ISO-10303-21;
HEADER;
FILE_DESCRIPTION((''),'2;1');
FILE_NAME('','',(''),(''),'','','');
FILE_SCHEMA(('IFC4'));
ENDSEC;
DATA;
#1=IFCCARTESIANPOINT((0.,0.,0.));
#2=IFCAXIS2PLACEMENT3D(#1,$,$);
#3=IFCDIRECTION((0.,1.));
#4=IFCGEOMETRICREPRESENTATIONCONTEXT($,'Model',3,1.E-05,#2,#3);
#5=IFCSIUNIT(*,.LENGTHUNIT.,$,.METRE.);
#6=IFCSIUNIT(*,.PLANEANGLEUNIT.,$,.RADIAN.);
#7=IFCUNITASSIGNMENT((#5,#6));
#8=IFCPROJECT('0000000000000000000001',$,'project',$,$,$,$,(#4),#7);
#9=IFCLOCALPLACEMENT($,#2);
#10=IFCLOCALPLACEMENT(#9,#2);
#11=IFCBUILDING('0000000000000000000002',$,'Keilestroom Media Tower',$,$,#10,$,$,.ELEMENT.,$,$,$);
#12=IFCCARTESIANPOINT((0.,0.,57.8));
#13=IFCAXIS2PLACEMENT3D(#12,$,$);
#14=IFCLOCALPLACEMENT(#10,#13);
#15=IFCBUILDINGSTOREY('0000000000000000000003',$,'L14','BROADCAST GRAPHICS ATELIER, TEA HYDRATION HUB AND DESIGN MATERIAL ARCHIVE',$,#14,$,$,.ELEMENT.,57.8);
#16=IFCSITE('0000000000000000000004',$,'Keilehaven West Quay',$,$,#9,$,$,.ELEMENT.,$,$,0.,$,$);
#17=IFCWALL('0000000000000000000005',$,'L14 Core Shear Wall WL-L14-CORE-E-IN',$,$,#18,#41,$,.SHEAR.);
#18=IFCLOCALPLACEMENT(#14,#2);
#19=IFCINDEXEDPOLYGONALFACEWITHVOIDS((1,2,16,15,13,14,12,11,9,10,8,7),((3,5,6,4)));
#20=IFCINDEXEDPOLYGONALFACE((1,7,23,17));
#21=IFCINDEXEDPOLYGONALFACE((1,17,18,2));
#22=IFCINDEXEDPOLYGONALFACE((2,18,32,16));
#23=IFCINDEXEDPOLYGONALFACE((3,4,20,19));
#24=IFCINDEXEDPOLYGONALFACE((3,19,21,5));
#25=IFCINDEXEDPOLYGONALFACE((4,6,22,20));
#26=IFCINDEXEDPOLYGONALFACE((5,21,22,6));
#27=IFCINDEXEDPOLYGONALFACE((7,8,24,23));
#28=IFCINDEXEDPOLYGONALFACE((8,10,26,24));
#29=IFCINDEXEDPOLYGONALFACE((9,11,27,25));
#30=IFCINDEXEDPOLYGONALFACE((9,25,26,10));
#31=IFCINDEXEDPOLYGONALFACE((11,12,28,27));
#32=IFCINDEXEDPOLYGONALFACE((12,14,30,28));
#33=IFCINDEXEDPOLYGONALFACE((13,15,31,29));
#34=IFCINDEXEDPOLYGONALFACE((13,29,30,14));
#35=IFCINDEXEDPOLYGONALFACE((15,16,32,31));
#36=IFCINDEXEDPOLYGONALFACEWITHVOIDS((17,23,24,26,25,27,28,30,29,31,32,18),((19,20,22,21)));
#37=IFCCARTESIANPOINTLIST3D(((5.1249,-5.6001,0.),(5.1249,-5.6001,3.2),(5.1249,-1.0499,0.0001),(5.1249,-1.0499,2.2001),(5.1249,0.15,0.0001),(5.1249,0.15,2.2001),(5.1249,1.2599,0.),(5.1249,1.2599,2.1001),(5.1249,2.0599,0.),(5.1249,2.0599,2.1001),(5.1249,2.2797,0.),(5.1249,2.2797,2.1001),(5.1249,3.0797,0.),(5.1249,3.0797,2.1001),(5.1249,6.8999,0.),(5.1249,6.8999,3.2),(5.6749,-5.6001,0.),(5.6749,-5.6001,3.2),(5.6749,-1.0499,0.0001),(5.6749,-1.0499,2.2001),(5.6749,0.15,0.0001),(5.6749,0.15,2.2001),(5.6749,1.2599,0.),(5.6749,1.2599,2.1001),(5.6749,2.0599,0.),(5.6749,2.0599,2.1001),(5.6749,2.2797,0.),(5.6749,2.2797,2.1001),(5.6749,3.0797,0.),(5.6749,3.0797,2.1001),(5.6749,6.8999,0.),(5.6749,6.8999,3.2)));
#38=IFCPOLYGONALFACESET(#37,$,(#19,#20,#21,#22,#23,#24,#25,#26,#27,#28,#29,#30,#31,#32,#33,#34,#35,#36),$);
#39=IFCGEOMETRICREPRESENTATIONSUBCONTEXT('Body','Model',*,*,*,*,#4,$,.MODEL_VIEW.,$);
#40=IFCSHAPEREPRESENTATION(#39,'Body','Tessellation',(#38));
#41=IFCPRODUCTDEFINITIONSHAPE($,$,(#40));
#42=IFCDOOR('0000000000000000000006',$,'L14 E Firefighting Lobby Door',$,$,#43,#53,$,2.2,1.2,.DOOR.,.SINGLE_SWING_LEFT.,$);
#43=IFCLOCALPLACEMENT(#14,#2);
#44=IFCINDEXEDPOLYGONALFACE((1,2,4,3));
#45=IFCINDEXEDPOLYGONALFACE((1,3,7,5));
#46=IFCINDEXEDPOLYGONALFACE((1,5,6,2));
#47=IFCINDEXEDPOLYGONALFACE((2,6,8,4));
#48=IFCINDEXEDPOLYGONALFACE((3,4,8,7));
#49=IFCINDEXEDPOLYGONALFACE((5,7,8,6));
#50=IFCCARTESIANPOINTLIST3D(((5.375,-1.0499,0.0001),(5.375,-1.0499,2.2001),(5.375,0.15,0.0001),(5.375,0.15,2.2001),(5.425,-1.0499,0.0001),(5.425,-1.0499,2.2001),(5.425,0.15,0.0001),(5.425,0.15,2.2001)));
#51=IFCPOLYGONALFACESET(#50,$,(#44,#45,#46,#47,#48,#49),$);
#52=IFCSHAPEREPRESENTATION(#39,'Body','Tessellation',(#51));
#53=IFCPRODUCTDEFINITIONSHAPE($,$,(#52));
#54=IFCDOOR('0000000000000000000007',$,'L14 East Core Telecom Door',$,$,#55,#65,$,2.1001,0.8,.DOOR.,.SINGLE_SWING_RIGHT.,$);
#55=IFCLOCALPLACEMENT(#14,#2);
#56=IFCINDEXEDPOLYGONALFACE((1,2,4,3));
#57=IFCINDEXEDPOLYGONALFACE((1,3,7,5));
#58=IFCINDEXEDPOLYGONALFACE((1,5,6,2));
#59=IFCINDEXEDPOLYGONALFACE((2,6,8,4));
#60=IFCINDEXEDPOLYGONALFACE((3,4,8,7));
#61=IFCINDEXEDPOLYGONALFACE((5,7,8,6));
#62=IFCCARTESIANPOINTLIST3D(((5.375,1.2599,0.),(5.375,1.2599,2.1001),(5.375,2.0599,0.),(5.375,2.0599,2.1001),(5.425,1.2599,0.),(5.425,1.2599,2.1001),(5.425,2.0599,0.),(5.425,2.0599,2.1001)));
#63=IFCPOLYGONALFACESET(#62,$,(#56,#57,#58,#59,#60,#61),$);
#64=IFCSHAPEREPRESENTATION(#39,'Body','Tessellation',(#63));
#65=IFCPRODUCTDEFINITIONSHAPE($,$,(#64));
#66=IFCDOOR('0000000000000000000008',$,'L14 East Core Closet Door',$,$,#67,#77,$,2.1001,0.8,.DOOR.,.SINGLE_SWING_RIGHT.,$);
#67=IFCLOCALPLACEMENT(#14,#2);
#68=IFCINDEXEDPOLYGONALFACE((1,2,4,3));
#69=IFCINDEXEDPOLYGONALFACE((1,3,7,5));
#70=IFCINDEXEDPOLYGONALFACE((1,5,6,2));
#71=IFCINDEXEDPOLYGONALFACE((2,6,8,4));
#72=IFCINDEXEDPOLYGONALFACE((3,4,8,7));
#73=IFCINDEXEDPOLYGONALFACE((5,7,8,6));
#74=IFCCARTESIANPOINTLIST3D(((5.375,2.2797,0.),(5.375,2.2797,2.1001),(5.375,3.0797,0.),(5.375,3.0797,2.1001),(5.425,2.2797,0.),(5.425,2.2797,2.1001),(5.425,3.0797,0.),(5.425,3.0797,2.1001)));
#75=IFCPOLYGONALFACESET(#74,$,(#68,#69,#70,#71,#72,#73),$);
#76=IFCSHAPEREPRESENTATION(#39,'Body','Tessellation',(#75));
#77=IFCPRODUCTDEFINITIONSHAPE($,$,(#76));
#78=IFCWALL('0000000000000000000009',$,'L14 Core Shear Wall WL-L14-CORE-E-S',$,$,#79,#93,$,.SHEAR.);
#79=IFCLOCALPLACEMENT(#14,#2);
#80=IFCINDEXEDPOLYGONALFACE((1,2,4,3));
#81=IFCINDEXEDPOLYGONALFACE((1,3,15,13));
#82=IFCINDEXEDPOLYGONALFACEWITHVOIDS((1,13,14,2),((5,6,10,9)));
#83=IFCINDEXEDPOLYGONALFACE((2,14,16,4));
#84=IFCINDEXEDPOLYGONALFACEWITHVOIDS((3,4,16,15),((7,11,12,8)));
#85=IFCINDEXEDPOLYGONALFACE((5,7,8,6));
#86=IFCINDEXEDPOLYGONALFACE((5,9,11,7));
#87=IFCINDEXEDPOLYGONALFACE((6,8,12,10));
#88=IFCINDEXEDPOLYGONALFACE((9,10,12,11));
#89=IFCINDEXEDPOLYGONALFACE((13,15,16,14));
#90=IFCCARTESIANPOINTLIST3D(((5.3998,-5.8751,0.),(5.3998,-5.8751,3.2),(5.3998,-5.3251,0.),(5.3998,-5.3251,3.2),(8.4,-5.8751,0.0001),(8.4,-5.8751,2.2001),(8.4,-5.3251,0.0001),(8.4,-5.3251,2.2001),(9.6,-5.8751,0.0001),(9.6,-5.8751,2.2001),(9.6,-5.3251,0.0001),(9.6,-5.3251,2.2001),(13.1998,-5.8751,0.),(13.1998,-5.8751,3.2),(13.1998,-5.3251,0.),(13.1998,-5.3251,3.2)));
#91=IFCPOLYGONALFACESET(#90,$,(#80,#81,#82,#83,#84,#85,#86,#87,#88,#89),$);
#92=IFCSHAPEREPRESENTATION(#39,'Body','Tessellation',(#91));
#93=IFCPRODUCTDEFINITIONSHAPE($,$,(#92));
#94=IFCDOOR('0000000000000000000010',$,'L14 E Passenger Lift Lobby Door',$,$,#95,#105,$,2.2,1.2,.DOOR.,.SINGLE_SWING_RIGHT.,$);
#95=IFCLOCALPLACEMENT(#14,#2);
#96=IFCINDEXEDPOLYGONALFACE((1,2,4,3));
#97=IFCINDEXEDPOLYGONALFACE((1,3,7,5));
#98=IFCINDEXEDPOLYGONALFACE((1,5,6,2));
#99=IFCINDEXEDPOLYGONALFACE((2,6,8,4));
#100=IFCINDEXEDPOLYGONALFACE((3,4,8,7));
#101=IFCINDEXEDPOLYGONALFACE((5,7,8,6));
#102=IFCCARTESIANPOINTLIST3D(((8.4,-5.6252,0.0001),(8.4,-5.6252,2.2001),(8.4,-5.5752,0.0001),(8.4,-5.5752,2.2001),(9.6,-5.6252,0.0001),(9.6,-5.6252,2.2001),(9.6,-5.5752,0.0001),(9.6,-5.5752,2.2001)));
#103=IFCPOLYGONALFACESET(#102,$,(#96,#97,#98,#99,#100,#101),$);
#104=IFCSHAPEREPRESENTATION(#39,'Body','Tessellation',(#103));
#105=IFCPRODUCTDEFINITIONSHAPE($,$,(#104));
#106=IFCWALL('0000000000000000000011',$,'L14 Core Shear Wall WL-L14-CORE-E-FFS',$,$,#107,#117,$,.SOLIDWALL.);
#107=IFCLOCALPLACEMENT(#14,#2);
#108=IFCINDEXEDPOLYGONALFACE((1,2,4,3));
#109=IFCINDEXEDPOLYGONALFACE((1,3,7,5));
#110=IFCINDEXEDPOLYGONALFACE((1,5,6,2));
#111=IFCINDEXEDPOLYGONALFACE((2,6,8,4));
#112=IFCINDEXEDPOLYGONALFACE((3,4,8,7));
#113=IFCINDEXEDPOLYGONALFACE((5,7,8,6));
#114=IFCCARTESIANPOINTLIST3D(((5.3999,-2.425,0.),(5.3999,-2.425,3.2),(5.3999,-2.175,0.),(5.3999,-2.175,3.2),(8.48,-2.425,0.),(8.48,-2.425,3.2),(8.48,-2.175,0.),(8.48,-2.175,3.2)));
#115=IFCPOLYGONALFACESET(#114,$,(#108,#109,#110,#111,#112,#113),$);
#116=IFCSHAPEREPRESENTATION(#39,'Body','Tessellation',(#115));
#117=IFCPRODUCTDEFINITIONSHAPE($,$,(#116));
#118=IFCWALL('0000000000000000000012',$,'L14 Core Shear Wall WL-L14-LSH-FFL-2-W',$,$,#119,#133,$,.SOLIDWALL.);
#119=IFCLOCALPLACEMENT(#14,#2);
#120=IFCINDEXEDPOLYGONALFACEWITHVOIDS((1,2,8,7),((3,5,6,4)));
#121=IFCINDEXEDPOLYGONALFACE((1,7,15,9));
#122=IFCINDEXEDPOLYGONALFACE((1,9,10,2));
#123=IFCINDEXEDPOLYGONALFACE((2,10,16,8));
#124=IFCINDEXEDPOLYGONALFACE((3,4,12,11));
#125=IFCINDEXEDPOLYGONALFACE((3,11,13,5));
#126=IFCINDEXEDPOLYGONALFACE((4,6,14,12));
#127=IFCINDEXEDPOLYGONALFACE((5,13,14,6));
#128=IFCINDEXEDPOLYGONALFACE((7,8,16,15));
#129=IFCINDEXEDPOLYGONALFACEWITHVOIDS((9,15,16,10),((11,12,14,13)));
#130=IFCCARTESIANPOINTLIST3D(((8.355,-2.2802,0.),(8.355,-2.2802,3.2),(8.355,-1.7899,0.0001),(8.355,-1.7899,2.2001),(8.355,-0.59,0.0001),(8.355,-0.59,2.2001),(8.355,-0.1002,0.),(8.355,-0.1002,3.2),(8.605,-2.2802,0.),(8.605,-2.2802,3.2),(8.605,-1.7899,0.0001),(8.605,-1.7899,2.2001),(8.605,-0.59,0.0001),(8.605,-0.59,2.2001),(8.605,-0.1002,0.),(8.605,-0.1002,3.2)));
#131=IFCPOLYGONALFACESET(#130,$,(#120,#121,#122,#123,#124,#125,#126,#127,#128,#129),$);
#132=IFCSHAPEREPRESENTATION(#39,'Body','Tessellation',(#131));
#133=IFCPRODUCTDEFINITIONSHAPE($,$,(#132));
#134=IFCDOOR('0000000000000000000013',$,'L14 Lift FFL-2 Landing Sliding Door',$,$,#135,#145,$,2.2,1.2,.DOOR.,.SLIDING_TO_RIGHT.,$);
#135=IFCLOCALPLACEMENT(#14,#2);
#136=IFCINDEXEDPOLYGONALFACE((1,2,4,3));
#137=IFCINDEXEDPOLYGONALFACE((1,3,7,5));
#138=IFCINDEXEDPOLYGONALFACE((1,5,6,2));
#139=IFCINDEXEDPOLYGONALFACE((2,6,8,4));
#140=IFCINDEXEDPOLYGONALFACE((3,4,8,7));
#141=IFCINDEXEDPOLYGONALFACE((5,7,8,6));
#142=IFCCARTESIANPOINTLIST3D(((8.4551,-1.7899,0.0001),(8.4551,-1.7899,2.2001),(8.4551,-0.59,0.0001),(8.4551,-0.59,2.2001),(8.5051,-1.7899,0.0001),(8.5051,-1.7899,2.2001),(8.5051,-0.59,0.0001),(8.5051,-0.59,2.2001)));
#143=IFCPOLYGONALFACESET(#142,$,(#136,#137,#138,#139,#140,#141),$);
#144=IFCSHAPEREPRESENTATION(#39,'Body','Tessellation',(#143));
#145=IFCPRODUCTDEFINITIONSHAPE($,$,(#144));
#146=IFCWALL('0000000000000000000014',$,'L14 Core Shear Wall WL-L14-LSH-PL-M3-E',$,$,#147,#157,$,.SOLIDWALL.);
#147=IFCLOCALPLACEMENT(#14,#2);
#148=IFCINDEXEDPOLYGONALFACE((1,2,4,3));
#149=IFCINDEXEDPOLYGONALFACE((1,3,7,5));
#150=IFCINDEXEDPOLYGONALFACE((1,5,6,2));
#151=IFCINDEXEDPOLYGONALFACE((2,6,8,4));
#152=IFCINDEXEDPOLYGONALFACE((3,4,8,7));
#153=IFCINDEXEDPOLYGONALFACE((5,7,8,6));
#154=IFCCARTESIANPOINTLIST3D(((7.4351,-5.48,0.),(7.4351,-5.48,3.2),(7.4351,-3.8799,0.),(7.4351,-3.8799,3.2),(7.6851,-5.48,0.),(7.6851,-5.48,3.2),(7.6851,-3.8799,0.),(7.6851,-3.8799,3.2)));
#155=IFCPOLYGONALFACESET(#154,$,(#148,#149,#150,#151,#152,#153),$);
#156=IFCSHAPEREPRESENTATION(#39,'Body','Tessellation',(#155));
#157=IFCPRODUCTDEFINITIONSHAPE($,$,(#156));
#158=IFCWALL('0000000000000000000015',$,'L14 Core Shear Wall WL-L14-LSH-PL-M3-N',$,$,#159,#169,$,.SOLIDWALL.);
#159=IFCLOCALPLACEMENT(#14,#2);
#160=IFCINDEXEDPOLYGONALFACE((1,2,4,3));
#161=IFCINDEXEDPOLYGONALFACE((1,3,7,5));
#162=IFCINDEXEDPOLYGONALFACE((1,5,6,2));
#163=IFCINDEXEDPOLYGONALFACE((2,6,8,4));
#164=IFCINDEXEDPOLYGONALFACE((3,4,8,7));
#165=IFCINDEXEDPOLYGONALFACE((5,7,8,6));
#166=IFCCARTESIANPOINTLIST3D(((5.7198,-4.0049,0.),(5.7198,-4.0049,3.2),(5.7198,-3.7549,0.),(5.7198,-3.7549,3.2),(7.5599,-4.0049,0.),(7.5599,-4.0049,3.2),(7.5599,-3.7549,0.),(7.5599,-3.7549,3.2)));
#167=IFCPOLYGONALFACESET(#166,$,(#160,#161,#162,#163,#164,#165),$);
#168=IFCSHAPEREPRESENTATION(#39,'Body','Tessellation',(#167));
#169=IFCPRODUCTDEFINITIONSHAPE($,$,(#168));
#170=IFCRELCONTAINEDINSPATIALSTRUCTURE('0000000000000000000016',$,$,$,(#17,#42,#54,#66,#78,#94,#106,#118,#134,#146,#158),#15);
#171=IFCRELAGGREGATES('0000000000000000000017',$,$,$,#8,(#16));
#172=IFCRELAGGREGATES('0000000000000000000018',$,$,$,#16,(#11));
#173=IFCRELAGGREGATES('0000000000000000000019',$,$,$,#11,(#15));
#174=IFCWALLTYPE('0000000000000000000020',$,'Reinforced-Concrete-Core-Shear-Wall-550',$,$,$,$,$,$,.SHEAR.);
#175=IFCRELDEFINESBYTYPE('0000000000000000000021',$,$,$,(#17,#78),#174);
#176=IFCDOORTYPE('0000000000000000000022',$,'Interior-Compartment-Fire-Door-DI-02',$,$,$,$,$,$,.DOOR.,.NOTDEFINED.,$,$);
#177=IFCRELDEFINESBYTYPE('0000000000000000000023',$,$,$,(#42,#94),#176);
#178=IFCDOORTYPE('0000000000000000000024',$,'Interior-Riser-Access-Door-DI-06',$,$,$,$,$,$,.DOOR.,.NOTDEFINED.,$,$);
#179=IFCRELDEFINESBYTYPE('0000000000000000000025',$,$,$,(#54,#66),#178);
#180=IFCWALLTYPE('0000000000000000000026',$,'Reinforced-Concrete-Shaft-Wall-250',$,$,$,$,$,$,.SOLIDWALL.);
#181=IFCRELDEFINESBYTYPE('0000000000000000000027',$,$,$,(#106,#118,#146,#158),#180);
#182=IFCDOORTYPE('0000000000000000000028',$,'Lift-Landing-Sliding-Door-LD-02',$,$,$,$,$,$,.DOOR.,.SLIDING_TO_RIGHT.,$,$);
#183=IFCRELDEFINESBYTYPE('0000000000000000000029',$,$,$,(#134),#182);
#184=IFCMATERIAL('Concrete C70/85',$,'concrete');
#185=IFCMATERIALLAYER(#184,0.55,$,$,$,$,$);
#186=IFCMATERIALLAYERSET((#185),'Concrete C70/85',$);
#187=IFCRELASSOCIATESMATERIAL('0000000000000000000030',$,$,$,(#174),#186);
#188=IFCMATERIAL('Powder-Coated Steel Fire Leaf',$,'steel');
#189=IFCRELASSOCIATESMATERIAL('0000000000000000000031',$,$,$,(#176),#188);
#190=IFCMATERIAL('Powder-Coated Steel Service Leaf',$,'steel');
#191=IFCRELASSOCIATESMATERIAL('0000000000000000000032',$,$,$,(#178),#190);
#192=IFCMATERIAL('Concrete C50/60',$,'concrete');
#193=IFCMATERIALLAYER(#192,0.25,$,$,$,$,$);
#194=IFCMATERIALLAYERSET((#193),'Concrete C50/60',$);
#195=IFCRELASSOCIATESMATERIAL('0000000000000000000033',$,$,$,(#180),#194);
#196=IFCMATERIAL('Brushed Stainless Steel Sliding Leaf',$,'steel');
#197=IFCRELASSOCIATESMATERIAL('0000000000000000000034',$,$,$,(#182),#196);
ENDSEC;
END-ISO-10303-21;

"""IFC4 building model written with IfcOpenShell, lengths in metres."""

from ifc_helpers import new_model, si_unit, direction, frame, frame_2d, origin, place, context, subcontext, project, spatial, rectangle, extrude, source, transform, mapped, material, layer, layer_set, type_object, element, fill, save


model = new_model("IFC4")

# Units and contexts
model_context = context("Model", 3, precision=1e-05, world=origin(), true_north=direction((0.0, 1.0)))
body_context = subcontext(model_context, "Body", "Model", "MODEL_VIEW")
ifc_project = project(units=[si_unit("LENGTHUNIT", "METRE"), si_unit("PLANEANGLEUNIT", "RADIAN")], contexts=[model_context])

# Site, building, storey
site_placement = place(None, origin())
site = spatial("IfcSite", under=ifc_project, at=site_placement, Name="Keilehaven West Quay", CompositionType="ELEMENT", RefElevation=0.0)
building_placement = place(site_placement, origin())
building = spatial("IfcBuilding", under=site, at=building_placement, Name="Keilestroom Media Tower", CompositionType="ELEMENT")
storey_placement = place(building_placement, frame((0.0, 0.0, 57.8)))
storey = spatial("IfcBuildingStorey", under=building, at=storey_placement, Name="L14", Description="BROADCAST GRAPHICS ATELIER, TEA HYDRATION HUB AND DESIGN MATERIAL ARCHIVE", CompositionType="ELEMENT", Elevation=57.8)

# Shared definitions
ifc_material_1 = material(Name="Concrete C70/85", Category="concrete")

# Wall, openings, doors
ifc_layer_1 = layer(ifc_material_1, 0.55)
ifc_layer_set_1 = layer_set([ifc_layer_1], Name="Concrete C70/85")
wall_type_1 = type_object("IfcWallType", Name="Reinforced-Concrete-Core-Shear-Wall-550", PredefinedType="SHEAR", material=ifc_layer_set_1)
wall_1_placement = place(storey_placement, frame((5.3999, -5.6001, 0.0), z_axis=(0.0, 0.0, 1.0), x_axis=(0.0, 1.0, 0.0)))
wall_1 = element("IfcWall", 1, at=wall_1_placement, inside=storey, type_object=wall_type_1, Name="L14 Core Shear Wall WL-L14-CORE-E-IN", PredefinedType="SHEAR", context=body_context, shape_type="SweptSolid", body=[
    extrude(rectangle(XDim=12.5, YDim=0.55, at=frame_2d((6.25, 0.0))), origin(), (0.0, 0.0, 1.0), 3.2),
])
opening_1_placement = place(wall_1_placement, frame((4.55, 0.0, 0.0)))
opening_1 = element("IfcOpeningElement", 2, at=opening_1_placement, cuts=wall_1, PredefinedType="OPENING", context=body_context, shape_type="SweptSolid", body=[
    extrude(rectangle(XDim=1.2, YDim=2.2, at=frame_2d((0.6001, 1.1001))), frame((0.0, 0.2852, 0.0), z_axis=(0.0, -1.0, 0.0), x_axis=(1.0, 0.0, 0.0)), (0.0, 0.0, 1.0), 0.5701),
])
opening_2_placement = place(wall_1_placement, frame((6.8601, 0.0, 0.0)))
opening_2 = element("IfcOpeningElement", 3, at=opening_2_placement, cuts=wall_1, PredefinedType="OPENING", context=body_context, shape_type="SweptSolid", body=[
    extrude(rectangle(XDim=0.8, YDim=2.1001, at=frame_2d((0.3999, 1.05))), frame((0.0, 0.2852, 0.0), z_axis=(0.0, -1.0, 0.0), x_axis=(1.0, 0.0, 0.0)), (0.0, 0.0, 1.0), 0.5701),
])
opening_3_placement = place(wall_1_placement, frame((7.8799, 0.0, 0.0)))
opening_3 = element("IfcOpeningElement", 4, at=opening_3_placement, cuts=wall_1, PredefinedType="OPENING", context=body_context, shape_type="SweptSolid", body=[
    extrude(rectangle(XDim=0.8, YDim=2.1001, at=frame_2d((0.3999, 1.05))), frame((0.0, 0.2852, 0.0), z_axis=(0.0, -1.0, 0.0), x_axis=(1.0, 0.0, 0.0)), (0.0, 0.0, 1.0), 0.5701),
])
ifc_material_2 = material(Name="Powder-Coated Steel Fire Leaf", Category="steel")
door_type_1 = type_object("IfcDoorType", Name="Interior-Compartment-Fire-Door-DI-02", OperationType="NOTDEFINED", PredefinedType="DOOR", material=ifc_material_2)
shared_shape_1 = source(origin(), body_context, "Body", "SweptSolid", [
    extrude(rectangle(XDim=1.2, YDim=2.2, at=frame_2d((0.6001, 1.1001))), frame((0.0, 0.0249, 0.0), z_axis=(0.0, -1.0, 0.0), x_axis=(1.0, 0.0, 0.0)), (0.0, 0.0, 1.0), 0.05),
])
door_1_placement = place(opening_1_placement, origin())
door_1 = element("IfcDoor", 5, at=door_1_placement, inside=storey, type_object=door_type_1, Name="L14 E Firefighting Lobby Door", OperationType="SINGLE_SWING_LEFT", OverallHeight=2.2, OverallWidth=1.2, PredefinedType="DOOR", context=body_context, shape_type="MappedRepresentation", body=[
    mapped(shared_shape_1, transform((0.0, 0.0, 0.0), x_axis=(1.0, 0.0, 0.0), y_axis=(0.0, 1.0, 0.0), z_axis=(0.0, 0.0, 1.0), scale=1.0)),
])
fill(opening_1, door_1)
ifc_material_3 = material(Name="Powder-Coated Steel Service Leaf", Category="steel")
door_type_2 = type_object("IfcDoorType", Name="Interior-Riser-Access-Door-DI-06", OperationType="NOTDEFINED", PredefinedType="DOOR", material=ifc_material_3)
shared_shape_2 = source(origin(), body_context, "Body", "SweptSolid", [
    extrude(rectangle(XDim=0.8, YDim=2.1001, at=frame_2d((0.3999, 1.05))), frame((0.0, 0.0249, 0.0), z_axis=(0.0, -1.0, 0.0), x_axis=(1.0, 0.0, 0.0)), (0.0, 0.0, 1.0), 0.05),
])
door_2_placement = place(opening_2_placement, origin())
door_2 = element("IfcDoor", 6, at=door_2_placement, inside=storey, type_object=door_type_2, Name="L14 East Core Telecom Door", OperationType="SINGLE_SWING_RIGHT", OverallHeight=2.1001, OverallWidth=0.8, PredefinedType="DOOR", context=body_context, shape_type="MappedRepresentation", body=[
    mapped(shared_shape_2, transform((0.0, 0.0, 0.0), x_axis=(1.0, 0.0, 0.0), y_axis=(0.0, 1.0, 0.0), z_axis=(0.0, 0.0, 1.0), scale=1.0)),
])
fill(opening_2, door_2)
door_3_placement = place(opening_3_placement, origin())
door_3 = element("IfcDoor", 7, at=door_3_placement, inside=storey, type_object=door_type_2, Name="L14 East Core Closet Door", OperationType="SINGLE_SWING_RIGHT", OverallHeight=2.1001, OverallWidth=0.8, PredefinedType="DOOR", context=body_context, shape_type="MappedRepresentation", body=[
    mapped(shared_shape_2, transform((0.0, 0.0, 0.0), x_axis=(1.0, 0.0, 0.0), y_axis=(0.0, 1.0, 0.0), z_axis=(0.0, 0.0, 1.0), scale=1.0)),
])
fill(opening_3, door_3)

# Wall, opening, door
wall_2_placement = place(storey_placement, frame((5.3999, -5.6001, 0.0), z_axis=(0.0, 0.0, 1.0), x_axis=(1.0, 0.0, 0.0)))
wall_2 = element("IfcWall", 8, at=wall_2_placement, inside=storey, type_object=wall_type_1, Name="L14 Core Shear Wall WL-L14-CORE-E-S", PredefinedType="SHEAR", context=body_context, shape_type="SweptSolid", body=[
    extrude(rectangle(XDim=7.8, YDim=0.55, at=frame_2d((3.8999, 0.0))), origin(), (0.0, 0.0, 1.0), 3.2),
])
opening_4_placement = place(wall_2_placement, frame((3.0, 0.0, 0.0)))
opening_4 = element("IfcOpeningElement", 9, at=opening_4_placement, cuts=wall_2, PredefinedType="OPENING", context=body_context, shape_type="SweptSolid", body=[
    extrude(rectangle(XDim=1.2, YDim=2.2, at=frame_2d((0.6001, 1.1001))), frame((0.0, 0.2852, 0.0), z_axis=(0.0, -1.0, 0.0), x_axis=(1.0, 0.0, 0.0)), (0.0, 0.0, 1.0), 0.5701),
])
door_4_placement = place(opening_4_placement, origin())
door_4 = element("IfcDoor", 10, at=door_4_placement, inside=storey, type_object=door_type_1, Name="L14 E Passenger Lift Lobby Door", OperationType="SINGLE_SWING_RIGHT", OverallHeight=2.2, OverallWidth=1.2, PredefinedType="DOOR", context=body_context, shape_type="MappedRepresentation", body=[
    mapped(shared_shape_1, transform((0.0, 0.0, 0.0), x_axis=(1.0, 0.0, 0.0), y_axis=(0.0, 1.0, 0.0), z_axis=(0.0, 0.0, 1.0), scale=1.0)),
])
fill(opening_4, door_4)

# Wall
ifc_material_4 = material(Name="Concrete C50/60", Category="concrete")
ifc_layer_2 = layer(ifc_material_4, 0.25)
ifc_layer_set_2 = layer_set([ifc_layer_2], Name="Concrete C50/60")
wall_type_2 = type_object("IfcWallType", Name="Reinforced-Concrete-Shaft-Wall-250", PredefinedType="SOLIDWALL", material=ifc_layer_set_2)
wall_3_placement = place(storey_placement, frame((5.3999, -2.3, 0.0), z_axis=(0.0, 0.0, 1.0), x_axis=(1.0, 0.0, 0.0)))
element("IfcWall", 11, at=wall_3_placement, inside=storey, type_object=wall_type_2, Name="L14 Core Shear Wall WL-L14-CORE-E-FFS", PredefinedType="SOLIDWALL", context=body_context, shape_type="SweptSolid", body=[
    extrude(rectangle(XDim=3.0801, YDim=0.25, at=frame_2d((1.54, 0.0))), origin(), (0.0, 0.0, 1.0), 3.2),
])

# Wall, opening, door
wall_4_placement = place(storey_placement, frame((8.48, -2.28, 0.0), z_axis=(0.0, 0.0, 1.0), x_axis=(0.0, 1.0, 0.0)))
wall_4 = element("IfcWall", 12, at=wall_4_placement, inside=storey, type_object=wall_type_2, Name="L14 Core Shear Wall WL-L14-LSH-FFL-2-W", PredefinedType="SOLIDWALL", context=body_context, shape_type="SweptSolid", body=[
    extrude(rectangle(XDim=2.1799, YDim=0.25, at=frame_2d((1.0898, 0.0))), origin(), (0.0, 0.0, 1.0), 3.2),
])
opening_5_placement = place(wall_4_placement, frame((0.49, 0.0, 0.0)))
opening_5 = element("IfcOpeningElement", 13, at=opening_5_placement, cuts=wall_4, PredefinedType="OPENING", context=body_context, shape_type="SweptSolid", body=[
    extrude(rectangle(XDim=1.2, YDim=2.2, at=frame_2d((0.6001, 1.1001))), frame((0.0, 0.135, 0.0), z_axis=(0.0, -1.0, 0.0), x_axis=(1.0, 0.0, 0.0)), (0.0, 0.0, 1.0), 0.27),
])
ifc_material_5 = material(Name="Brushed Stainless Steel Sliding Leaf", Category="steel")
door_type_3 = type_object("IfcDoorType", Name="Lift-Landing-Sliding-Door-LD-02", OperationType="SLIDING_TO_RIGHT", PredefinedType="DOOR", material=ifc_material_5)
door_5_placement = place(opening_5_placement, origin())
door_5 = element("IfcDoor", 14, at=door_5_placement, inside=storey, type_object=door_type_3, Name="L14 Lift FFL-2 Landing Sliding Door", OperationType="SLIDING_TO_RIGHT", OverallHeight=2.2, OverallWidth=1.2, PredefinedType="DOOR", context=body_context, shape_type="MappedRepresentation", body=[
    mapped(shared_shape_1, transform((0.0, 0.0, 0.0), x_axis=(1.0, 0.0, 0.0), y_axis=(0.0, 1.0, 0.0), z_axis=(0.0, 0.0, 1.0), scale=1.0)),
])
fill(opening_5, door_5)

# Walls
wall_5_placement = place(storey_placement, frame((7.5601, -5.48, 0.0), z_axis=(0.0, 0.0, 1.0), x_axis=(0.0, 1.0, 0.0)))
element("IfcWall", 15, at=wall_5_placement, inside=storey, type_object=wall_type_2, Name="L14 Core Shear Wall WL-L14-LSH-PL-M3-E", PredefinedType="SOLIDWALL", context=body_context, shape_type="SweptSolid", body=[
    extrude(rectangle(XDim=1.6001, YDim=0.25, at=frame_2d((0.8, 0.0))), origin(), (0.0, 0.0, 1.0), 3.2),
])
wall_6_placement = place(storey_placement, frame((5.72, -3.8799, 0.0), z_axis=(0.0, 0.0, 1.0), x_axis=(1.0, 0.0, 0.0)))
element("IfcWall", 16, at=wall_6_placement, inside=storey, type_object=wall_type_2, Name="L14 Core Shear Wall WL-L14-LSH-PL-M3-N", PredefinedType="SOLIDWALL", context=body_context, shape_type="SweptSolid", body=[
    extrude(rectangle(XDim=1.8401, YDim=0.25, at=frame_2d((0.9199, 0.0))), origin(), (0.0, 0.0, 1.0), 3.2),
])

save(model, "model.ifc")
